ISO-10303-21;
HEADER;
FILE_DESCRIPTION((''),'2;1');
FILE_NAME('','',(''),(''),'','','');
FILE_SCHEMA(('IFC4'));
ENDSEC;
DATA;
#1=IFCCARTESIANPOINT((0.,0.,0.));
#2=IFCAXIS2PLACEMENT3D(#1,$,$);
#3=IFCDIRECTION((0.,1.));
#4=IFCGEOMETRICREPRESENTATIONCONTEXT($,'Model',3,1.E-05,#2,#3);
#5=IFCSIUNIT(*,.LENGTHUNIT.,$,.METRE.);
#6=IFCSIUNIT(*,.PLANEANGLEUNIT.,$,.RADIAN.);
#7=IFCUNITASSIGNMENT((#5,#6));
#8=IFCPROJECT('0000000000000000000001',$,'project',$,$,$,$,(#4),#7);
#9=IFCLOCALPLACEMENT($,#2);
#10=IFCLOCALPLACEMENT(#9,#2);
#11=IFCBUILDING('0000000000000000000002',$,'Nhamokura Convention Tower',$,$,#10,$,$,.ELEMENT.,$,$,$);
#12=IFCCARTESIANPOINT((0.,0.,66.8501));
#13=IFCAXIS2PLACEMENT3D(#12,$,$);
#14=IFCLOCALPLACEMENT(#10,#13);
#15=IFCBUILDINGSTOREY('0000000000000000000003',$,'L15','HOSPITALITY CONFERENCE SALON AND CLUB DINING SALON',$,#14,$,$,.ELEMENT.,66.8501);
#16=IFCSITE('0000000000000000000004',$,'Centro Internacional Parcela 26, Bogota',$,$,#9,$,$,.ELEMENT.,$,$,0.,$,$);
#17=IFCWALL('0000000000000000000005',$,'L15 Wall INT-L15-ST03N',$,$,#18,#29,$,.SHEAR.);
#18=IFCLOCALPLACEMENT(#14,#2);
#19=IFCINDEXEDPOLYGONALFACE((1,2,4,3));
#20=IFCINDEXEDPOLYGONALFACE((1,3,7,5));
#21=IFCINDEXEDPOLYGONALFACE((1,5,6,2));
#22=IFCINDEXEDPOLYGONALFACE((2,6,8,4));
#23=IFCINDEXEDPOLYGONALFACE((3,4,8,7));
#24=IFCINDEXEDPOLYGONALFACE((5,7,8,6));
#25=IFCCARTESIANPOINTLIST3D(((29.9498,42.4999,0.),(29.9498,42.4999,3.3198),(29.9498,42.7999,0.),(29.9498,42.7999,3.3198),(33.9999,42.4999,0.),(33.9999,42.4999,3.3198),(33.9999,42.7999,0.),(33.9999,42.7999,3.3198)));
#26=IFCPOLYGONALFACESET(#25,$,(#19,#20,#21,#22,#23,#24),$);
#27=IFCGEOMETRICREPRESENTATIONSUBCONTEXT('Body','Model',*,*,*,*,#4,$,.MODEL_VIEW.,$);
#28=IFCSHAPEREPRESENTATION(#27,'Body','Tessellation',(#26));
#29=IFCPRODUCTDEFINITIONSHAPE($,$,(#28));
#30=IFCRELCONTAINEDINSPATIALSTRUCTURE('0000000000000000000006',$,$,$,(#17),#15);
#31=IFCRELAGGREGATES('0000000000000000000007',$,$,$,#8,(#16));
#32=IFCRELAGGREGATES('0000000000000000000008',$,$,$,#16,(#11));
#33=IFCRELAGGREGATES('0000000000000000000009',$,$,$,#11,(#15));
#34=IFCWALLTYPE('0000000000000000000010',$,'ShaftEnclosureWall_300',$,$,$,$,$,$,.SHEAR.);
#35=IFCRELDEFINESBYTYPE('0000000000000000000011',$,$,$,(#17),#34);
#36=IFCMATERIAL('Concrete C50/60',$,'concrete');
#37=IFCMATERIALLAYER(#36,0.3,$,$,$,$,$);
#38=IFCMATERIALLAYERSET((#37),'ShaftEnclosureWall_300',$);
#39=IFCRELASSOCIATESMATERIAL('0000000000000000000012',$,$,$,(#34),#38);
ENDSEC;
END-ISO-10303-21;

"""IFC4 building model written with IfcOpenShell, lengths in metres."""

from ifc_helpers import new_model, si_unit, direction, frame, frame_2d, origin, place, context, subcontext, project, spatial, rectangle, extrude, material, layer, layer_set, type_object, element, save


model = new_model("IFC4")

# Units and contexts
model_context = context("Model", 3, precision=1e-05, world=origin(), true_north=direction((0.0, 1.0)))
body_context = subcontext(model_context, "Body", "Model", "MODEL_VIEW")
ifc_project = project(units=[si_unit("LENGTHUNIT", "METRE"), si_unit("PLANEANGLEUNIT", "RADIAN")], contexts=[model_context])

# Site, building, storey
site_placement = place(None, origin())
site = spatial("IfcSite", under=ifc_project, at=site_placement, Name="Centro Internacional Parcela 26, Bogota", CompositionType="ELEMENT", RefElevation=0.0)
building_placement = place(site_placement, origin())
building = spatial("IfcBuilding", under=site, at=building_placement, Name="Nhamokura Convention Tower", CompositionType="ELEMENT")
storey_placement = place(building_placement, frame((0.0, 0.0, 66.8501)))
storey = spatial("IfcBuildingStorey", under=building, at=storey_placement, Name="L15", Description="HOSPITALITY CONFERENCE SALON AND CLUB DINING SALON", CompositionType="ELEMENT", Elevation=66.8501)

# Wall
ifc_material_1 = material(Name="Concrete C50/60", Category="concrete")
ifc_layer_1 = layer(ifc_material_1, 0.3)
ifc_layer_set_1 = layer_set([ifc_layer_1], Name="ShaftEnclosureWall_300")
wall_type_1 = type_object("IfcWallType", Name="ShaftEnclosureWall_300", PredefinedType="SHEAR", material=ifc_layer_set_1)
wall_1_placement = place(storey_placement, frame((29.95, 42.6499, 0.0), z_axis=(0.0, 0.0, 1.0), x_axis=(1.0, 0.0, 0.0)))
element("IfcWall", 1, at=wall_1_placement, inside=storey, type_object=wall_type_1, Name="L15 Wall INT-L15-ST03N", PredefinedType="SHEAR", context=body_context, shape_type="SweptSolid", body=[
    extrude(rectangle(XDim=4.05, YDim=0.3, at=frame_2d((2.0249, 0.0))), origin(), (0.0, 0.0, 1.0), 3.3198),
])

save(model, "model.ifc")
